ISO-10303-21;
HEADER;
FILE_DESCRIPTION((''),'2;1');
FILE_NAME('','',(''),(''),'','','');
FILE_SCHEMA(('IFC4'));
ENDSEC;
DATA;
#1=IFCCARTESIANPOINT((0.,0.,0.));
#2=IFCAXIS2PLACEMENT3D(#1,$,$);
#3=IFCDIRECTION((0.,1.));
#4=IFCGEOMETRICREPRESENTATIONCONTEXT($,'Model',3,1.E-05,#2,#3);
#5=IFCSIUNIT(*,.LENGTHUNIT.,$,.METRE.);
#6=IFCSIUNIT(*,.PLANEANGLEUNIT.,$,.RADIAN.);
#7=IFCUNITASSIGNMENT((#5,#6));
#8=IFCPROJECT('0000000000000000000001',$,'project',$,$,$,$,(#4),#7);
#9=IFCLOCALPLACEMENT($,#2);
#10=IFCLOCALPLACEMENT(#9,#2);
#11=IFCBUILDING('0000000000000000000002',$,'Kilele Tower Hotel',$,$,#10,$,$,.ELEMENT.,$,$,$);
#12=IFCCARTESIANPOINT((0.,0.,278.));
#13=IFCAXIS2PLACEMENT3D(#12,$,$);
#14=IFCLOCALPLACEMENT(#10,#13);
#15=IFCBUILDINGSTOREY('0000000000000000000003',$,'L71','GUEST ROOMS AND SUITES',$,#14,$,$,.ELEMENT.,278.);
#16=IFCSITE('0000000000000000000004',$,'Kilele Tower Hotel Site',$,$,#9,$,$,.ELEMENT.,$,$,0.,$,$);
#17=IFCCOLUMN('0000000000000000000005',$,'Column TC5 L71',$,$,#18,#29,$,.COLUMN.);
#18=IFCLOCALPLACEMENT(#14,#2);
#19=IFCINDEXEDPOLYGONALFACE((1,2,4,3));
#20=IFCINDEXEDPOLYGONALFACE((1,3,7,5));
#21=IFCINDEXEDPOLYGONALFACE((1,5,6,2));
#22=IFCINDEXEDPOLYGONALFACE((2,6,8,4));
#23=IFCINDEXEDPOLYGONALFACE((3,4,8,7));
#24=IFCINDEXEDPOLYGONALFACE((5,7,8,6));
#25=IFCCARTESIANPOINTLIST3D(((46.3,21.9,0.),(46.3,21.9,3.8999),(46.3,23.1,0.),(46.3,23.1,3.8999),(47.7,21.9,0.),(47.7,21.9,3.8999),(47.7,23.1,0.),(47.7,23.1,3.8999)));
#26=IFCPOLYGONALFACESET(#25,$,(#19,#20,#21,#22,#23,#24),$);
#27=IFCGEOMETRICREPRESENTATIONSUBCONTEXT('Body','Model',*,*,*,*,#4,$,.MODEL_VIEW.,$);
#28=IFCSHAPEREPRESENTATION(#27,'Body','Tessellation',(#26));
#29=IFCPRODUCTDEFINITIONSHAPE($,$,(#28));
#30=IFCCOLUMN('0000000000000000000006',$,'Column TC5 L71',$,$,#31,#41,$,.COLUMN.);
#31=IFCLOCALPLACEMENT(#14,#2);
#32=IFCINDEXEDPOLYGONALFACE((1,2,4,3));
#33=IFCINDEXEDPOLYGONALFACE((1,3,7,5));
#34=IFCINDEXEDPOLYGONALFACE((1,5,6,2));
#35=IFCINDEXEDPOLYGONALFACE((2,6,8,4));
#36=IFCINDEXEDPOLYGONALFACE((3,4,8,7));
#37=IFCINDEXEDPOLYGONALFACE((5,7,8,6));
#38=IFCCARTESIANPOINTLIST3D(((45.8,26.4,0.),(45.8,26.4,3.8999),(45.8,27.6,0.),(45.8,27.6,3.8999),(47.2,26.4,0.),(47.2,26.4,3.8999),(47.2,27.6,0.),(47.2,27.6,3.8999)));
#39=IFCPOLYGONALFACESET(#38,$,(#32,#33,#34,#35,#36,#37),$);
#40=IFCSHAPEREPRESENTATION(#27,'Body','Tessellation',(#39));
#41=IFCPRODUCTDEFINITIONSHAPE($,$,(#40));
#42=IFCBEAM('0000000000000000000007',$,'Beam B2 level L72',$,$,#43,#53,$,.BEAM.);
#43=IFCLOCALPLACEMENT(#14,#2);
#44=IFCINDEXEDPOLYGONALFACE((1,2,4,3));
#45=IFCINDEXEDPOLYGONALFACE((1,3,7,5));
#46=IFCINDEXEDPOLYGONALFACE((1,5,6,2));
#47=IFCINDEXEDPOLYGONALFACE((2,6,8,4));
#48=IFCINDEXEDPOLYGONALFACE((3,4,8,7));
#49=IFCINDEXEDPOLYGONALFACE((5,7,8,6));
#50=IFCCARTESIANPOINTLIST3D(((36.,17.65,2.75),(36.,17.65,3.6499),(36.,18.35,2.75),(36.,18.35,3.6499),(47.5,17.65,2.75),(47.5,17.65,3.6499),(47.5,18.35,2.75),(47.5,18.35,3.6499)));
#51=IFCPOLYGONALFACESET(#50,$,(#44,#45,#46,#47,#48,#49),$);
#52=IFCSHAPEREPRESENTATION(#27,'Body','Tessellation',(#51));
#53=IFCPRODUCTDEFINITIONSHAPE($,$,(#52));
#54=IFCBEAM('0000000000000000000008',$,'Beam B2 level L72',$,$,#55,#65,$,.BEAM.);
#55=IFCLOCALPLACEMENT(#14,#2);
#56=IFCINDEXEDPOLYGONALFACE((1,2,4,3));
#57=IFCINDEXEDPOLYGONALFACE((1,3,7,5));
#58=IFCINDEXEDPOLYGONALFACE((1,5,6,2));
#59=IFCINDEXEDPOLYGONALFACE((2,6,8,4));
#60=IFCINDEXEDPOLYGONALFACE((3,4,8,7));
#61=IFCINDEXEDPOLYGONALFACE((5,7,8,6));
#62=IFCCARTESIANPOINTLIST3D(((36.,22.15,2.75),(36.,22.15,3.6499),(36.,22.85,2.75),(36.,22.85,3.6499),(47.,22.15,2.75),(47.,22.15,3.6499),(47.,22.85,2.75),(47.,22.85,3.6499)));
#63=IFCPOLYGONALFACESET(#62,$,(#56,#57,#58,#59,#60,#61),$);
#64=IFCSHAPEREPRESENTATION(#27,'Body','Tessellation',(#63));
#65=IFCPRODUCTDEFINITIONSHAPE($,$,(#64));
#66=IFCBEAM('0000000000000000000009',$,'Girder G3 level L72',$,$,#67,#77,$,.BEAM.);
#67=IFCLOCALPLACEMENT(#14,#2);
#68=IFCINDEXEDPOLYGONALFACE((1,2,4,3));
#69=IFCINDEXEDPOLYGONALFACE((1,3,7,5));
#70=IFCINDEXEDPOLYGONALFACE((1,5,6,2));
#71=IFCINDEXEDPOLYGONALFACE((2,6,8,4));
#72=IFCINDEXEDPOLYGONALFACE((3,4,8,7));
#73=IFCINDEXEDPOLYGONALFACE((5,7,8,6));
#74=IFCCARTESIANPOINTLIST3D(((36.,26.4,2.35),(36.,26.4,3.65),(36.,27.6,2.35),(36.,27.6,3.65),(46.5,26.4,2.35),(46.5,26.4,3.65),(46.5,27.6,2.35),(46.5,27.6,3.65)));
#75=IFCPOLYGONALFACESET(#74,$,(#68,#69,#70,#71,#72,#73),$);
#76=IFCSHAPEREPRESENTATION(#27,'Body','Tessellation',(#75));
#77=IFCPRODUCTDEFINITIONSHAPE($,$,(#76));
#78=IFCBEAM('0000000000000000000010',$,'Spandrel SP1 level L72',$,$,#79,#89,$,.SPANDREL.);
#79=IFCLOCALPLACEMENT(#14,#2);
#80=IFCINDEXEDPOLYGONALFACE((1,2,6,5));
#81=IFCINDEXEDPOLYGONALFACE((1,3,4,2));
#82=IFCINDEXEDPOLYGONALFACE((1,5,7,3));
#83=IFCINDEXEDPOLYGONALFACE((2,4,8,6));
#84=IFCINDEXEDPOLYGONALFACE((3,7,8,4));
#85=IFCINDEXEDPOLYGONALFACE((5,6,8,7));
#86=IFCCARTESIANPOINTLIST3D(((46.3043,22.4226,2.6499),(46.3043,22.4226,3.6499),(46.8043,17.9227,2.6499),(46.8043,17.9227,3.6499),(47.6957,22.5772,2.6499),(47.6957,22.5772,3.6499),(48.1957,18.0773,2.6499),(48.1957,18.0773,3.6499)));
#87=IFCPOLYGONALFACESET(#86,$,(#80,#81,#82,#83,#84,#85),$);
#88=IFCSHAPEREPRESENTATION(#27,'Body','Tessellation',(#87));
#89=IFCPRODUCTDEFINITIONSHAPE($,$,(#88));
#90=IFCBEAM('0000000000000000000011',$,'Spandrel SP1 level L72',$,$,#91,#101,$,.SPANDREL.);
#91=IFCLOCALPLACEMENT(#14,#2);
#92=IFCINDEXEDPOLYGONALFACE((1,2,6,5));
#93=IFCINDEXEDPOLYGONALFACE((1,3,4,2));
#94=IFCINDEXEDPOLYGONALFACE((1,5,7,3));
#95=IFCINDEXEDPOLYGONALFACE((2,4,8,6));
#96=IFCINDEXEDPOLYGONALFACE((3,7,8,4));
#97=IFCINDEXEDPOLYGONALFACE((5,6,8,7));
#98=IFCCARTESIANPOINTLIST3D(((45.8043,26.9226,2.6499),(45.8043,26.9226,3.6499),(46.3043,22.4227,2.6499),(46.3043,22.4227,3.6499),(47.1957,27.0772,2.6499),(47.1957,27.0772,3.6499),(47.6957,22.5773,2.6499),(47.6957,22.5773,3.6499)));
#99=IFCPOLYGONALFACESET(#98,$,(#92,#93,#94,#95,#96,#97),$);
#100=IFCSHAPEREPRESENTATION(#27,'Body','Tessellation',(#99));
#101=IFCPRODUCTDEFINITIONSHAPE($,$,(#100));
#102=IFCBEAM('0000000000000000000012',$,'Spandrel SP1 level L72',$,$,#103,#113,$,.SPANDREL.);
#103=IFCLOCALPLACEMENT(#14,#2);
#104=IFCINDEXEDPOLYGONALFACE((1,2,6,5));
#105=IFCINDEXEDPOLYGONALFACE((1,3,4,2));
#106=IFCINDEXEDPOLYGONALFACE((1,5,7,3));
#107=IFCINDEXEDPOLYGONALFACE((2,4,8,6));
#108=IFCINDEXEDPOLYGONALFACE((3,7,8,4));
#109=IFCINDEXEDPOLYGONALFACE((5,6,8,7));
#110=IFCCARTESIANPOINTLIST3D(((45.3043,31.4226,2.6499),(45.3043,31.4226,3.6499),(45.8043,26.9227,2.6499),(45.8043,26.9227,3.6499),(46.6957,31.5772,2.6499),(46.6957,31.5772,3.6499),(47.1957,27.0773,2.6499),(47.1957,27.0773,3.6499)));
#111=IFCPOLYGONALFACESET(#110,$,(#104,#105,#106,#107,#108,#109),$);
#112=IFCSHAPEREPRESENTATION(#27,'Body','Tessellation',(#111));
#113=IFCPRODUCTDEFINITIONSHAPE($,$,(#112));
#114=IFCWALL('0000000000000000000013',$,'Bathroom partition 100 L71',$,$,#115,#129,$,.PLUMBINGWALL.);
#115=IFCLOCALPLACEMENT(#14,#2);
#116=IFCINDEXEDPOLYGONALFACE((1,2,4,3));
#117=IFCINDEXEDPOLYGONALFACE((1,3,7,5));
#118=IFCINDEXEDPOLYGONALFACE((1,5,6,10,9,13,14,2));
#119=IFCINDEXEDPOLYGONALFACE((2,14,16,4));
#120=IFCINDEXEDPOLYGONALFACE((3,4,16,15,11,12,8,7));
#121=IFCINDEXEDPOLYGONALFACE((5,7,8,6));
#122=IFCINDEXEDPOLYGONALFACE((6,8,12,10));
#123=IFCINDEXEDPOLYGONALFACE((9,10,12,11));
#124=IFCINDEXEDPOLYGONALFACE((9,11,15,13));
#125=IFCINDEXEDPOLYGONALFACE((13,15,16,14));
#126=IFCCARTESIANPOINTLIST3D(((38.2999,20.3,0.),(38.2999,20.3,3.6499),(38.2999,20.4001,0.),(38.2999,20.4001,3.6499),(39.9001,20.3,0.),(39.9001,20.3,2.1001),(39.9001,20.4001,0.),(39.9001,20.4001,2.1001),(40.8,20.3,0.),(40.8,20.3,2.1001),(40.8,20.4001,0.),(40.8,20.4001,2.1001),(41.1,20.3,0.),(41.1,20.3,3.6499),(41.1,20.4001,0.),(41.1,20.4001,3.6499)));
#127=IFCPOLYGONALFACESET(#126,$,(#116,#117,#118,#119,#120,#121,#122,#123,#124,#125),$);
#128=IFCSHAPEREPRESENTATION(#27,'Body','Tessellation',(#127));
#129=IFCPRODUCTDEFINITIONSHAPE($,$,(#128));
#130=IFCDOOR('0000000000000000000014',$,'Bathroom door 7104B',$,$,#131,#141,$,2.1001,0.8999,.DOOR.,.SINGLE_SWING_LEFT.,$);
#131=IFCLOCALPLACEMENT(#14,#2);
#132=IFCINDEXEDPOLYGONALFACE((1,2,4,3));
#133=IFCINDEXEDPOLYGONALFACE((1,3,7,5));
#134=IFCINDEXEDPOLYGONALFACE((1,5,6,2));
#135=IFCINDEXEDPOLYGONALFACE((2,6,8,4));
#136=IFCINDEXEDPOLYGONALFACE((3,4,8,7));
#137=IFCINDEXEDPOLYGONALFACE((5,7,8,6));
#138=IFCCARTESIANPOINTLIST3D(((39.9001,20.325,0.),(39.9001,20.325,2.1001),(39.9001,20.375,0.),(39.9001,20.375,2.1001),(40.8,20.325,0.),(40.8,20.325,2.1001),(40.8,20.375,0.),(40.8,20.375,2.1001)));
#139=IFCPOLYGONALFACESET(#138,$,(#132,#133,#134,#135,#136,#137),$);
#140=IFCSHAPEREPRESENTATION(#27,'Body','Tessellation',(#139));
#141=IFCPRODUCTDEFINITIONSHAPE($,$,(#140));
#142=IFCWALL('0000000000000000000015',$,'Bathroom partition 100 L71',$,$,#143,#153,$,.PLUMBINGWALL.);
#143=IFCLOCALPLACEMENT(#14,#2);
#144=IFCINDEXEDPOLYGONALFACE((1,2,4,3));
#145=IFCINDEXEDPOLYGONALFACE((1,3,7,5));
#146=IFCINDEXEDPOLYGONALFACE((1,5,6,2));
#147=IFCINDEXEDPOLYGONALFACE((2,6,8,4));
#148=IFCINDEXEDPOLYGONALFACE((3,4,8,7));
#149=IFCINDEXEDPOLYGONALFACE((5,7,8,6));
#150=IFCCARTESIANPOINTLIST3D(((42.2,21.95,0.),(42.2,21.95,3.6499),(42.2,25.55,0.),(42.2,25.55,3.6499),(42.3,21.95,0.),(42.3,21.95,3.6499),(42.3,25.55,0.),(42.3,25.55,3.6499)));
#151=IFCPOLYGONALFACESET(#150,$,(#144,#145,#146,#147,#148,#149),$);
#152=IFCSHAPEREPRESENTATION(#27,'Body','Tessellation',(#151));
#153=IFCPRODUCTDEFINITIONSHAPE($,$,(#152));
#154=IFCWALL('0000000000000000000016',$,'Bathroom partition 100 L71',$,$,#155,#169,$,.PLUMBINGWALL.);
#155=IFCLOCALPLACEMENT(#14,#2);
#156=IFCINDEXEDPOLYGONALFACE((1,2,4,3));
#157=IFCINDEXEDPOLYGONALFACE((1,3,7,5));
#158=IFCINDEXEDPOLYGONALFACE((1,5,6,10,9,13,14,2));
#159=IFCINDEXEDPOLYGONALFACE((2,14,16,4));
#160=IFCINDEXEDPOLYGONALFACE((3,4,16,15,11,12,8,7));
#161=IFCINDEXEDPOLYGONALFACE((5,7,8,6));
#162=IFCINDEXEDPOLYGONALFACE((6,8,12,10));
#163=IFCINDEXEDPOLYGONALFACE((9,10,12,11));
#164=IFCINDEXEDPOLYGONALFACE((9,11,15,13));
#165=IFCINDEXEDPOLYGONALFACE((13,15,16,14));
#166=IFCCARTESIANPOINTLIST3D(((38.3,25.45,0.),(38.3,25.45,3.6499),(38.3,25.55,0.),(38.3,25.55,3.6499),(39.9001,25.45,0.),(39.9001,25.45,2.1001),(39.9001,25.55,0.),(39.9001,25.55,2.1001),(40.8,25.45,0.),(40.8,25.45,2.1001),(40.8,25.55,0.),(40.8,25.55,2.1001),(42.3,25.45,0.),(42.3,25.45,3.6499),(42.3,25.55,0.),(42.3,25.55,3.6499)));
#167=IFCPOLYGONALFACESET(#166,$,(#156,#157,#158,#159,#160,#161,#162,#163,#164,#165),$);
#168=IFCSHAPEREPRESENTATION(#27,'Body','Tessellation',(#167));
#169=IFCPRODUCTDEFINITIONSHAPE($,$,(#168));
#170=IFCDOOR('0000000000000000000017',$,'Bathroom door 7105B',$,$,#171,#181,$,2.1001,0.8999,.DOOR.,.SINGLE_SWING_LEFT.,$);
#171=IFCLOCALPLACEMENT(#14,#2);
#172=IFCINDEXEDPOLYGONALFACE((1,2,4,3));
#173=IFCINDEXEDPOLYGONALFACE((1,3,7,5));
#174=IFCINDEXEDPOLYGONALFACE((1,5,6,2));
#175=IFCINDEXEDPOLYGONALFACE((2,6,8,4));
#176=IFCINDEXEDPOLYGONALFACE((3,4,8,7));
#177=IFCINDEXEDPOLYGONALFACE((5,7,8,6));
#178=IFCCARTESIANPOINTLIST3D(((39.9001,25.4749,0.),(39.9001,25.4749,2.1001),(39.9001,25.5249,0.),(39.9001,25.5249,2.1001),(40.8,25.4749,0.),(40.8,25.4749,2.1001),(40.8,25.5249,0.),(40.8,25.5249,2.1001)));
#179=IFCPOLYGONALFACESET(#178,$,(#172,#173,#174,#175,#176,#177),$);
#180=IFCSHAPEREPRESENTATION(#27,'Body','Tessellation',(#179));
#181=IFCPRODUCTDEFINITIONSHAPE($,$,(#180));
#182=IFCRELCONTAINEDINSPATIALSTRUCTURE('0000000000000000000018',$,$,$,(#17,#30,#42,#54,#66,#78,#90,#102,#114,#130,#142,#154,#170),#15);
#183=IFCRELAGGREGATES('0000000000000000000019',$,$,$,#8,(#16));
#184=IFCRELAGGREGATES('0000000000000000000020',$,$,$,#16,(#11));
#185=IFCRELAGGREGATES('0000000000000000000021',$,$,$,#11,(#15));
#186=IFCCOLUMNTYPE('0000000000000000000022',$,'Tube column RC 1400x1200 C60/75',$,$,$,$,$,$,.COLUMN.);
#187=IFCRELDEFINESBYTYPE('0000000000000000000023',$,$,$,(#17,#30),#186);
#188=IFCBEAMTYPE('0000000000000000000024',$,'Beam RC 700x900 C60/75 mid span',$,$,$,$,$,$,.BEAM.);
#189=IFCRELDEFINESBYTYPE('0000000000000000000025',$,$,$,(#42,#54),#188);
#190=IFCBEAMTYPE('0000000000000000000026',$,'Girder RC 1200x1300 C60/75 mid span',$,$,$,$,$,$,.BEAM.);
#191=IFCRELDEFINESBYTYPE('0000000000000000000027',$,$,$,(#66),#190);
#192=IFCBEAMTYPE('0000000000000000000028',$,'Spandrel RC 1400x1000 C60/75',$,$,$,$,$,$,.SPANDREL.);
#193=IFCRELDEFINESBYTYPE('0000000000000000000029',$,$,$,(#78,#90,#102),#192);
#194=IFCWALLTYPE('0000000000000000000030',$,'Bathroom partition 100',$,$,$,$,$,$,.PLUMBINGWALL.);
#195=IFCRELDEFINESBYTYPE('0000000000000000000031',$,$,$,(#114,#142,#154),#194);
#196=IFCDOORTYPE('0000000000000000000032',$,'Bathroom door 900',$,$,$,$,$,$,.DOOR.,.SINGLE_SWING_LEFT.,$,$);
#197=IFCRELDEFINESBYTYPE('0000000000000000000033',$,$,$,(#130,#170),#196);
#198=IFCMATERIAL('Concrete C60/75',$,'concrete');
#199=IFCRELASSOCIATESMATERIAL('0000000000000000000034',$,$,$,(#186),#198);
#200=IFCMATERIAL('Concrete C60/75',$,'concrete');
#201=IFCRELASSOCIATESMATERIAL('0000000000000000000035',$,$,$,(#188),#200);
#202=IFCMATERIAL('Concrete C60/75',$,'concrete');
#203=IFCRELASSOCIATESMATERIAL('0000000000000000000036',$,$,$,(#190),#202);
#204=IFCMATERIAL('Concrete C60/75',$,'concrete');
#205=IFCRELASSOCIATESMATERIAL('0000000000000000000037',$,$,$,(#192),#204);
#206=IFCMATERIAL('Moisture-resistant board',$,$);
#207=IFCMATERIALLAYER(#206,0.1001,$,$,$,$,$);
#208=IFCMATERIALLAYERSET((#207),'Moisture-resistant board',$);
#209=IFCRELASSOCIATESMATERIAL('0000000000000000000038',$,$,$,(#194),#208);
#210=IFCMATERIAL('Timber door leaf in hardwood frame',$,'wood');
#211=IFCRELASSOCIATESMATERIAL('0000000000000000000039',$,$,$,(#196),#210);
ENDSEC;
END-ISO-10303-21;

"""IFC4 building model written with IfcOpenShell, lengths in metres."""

from ifc_helpers import new_model, si_unit, direction, frame, frame_2d, origin, origin_2d, place, context, subcontext, project, spatial, rectangle, extrude, material, layer, layer_set, material_profile, profile_set, type_object, element, fill, save


model = new_model("IFC4")

# Units and contexts
model_context = context("Model", 3, precision=1e-05, world=origin(), true_north=direction((0.0, 1.0)))
body_context = subcontext(model_context, "Body", "Model", "MODEL_VIEW")
ifc_project = project(units=[si_unit("LENGTHUNIT", "METRE"), si_unit("PLANEANGLEUNIT", "RADIAN")], contexts=[model_context])

# Site, building, storey
site_placement = place(None, origin())
site = spatial("IfcSite", under=ifc_project, at=site_placement, Name="Kilele Tower Hotel Site", CompositionType="ELEMENT", RefElevation=0.0)
building_placement = place(site_placement, origin())
building = spatial("IfcBuilding", under=site, at=building_placement, Name="Kilele Tower Hotel", CompositionType="ELEMENT")
storey_placement = place(building_placement, frame((0.0, 0.0, 278.0)))
storey = spatial("IfcBuildingStorey", under=building, at=storey_placement, Name="L71", Description="GUEST ROOMS AND SUITES", CompositionType="ELEMENT", Elevation=278.0)

# Columns
ifc_material_1 = material(Name="Concrete C60/75", Category="concrete")
ifc_material_profile_1 = material_profile(ifc_material_1, rectangle(XDim=1.3999, YDim=1.2, at=origin_2d()))
ifc_profile_set_1 = profile_set([ifc_material_profile_1], Name="Concrete C60/75")
column_type = type_object("IfcColumnType", Name="Tube column RC 1400x1200 C60/75", PredefinedType="COLUMN", material=ifc_profile_set_1)
for number, where, z_axis, x_axis, name in (
    (1, (47.0, 22.5, 0.0), (0.0, 0.0, 1.0), (1.0, 0.0, 0.0), "Column TC5 L71"),
    (2, (46.5, 27.0, 0.0), (0.0, 0.0, 1.0), (1.0, 0.0, 0.0), "Column TC5 L71"),
):
    element("IfcColumn", number, at=place(storey_placement, frame(where, z_axis=z_axis, x_axis=x_axis)), inside=storey, type_object=column_type, Name=name, PredefinedType="COLUMN", context=body_context, shape_type="SweptSolid", body=[
        extrude(rectangle(XDim=1.3999, YDim=1.2, at=origin_2d()), origin(), (0.0, 0.0, 1.0), 3.8999),
    ])

# Beams
ifc_material_2 = material(Name="Concrete C60/75", Category="concrete")
ifc_material_profile_2 = material_profile(ifc_material_2, rectangle(XDim=0.7, YDim=0.8999, at=origin_2d()))
ifc_profile_set_2 = profile_set([ifc_material_profile_2], Name="Concrete C60/75")
beam_type_1 = type_object("IfcBeamType", Name="Beam RC 700x900 C60/75 mid span", PredefinedType="BEAM", material=ifc_profile_set_2)
beam_1_placement = place(storey_placement, frame((47.5, 18.0, 3.2), z_axis=(-1.0, 0.0, 0.0), x_axis=(0.0, -1.0, 0.0)))
element("IfcBeam", 3, at=beam_1_placement, inside=storey, type_object=beam_type_1, Name="Beam B2 level L72", PredefinedType="BEAM", context=body_context, shape_type="SweptSolid", body=[
    extrude(rectangle(XDim=0.7, YDim=0.8999, at=origin_2d()), origin(), (0.0, 0.0, 1.0), 11.5),
])
beam_2_placement = place(storey_placement, frame((47.0, 22.5, 3.2), z_axis=(-1.0, 0.0, 0.0), x_axis=(0.0, -1.0, 0.0)))
element("IfcBeam", 4, at=beam_2_placement, inside=storey, type_object=beam_type_1, Name="Beam B2 level L72", PredefinedType="BEAM", context=body_context, shape_type="SweptSolid", body=[
    extrude(rectangle(XDim=0.7, YDim=0.8999, at=origin_2d()), origin(), (0.0, 0.0, 1.0), 11.0),
])
ifc_material_3 = material(Name="Concrete C60/75", Category="concrete")
ifc_material_profile_3 = material_profile(ifc_material_3, rectangle(XDim=1.2, YDim=1.3, at=origin_2d()))
ifc_profile_set_3 = profile_set([ifc_material_profile_3], Name="Concrete C60/75")
beam_type_2 = type_object("IfcBeamType", Name="Girder RC 1200x1300 C60/75 mid span", PredefinedType="BEAM", material=ifc_profile_set_3)
beam_3_placement = place(storey_placement, frame((46.5, 27.0, 3.0), z_axis=(-1.0, 0.0, 0.0), x_axis=(0.0, -1.0, 0.0)))
element("IfcBeam", 5, at=beam_3_placement, inside=storey, type_object=beam_type_2, Name="Girder G3 level L72", PredefinedType="BEAM", context=body_context, shape_type="SweptSolid", body=[
    extrude(rectangle(XDim=1.2, YDim=1.3, at=origin_2d()), origin(), (0.0, 0.0, 1.0), 10.5),
])
ifc_material_4 = material(Name="Concrete C60/75", Category="concrete")
ifc_material_profile_4 = material_profile(ifc_material_4, rectangle(XDim=1.3999, YDim=1.0, at=origin_2d()))
ifc_profile_set_4 = profile_set([ifc_material_profile_4], Name="Concrete C60/75")
beam_type_3 = type_object("IfcBeamType", Name="Spandrel RC 1400x1000 C60/75", PredefinedType="SPANDREL", material=ifc_profile_set_4)
for number, where, z_axis, x_axis, name in (
    (6, (47.5, 18.0, 3.1499), (-0.110432, 0.993884, 0.0), (-0.993884, -0.110432, 0.0), "Spandrel SP1 level L72"),
    (7, (47.0, 22.5, 3.1499), (-0.110432, 0.993884, 0.0), (-0.993884, -0.110432, 0.0), "Spandrel SP1 level L72"),
    (8, (46.5, 27.0, 3.1499), (-0.110432, 0.993884, 0.0), (-0.993884, -0.110432, 0.0), "Spandrel SP1 level L72"),
):
    element("IfcBeam", number, at=place(storey_placement, frame(where, z_axis=z_axis, x_axis=x_axis)), inside=storey, type_object=beam_type_3, Name=name, PredefinedType="SPANDREL", context=body_context, shape_type="SweptSolid", body=[
        extrude(rectangle(XDim=1.3999, YDim=1.0, at=origin_2d()), origin(), (0.0, 0.0, 1.0), 4.5276),
    ])

# Wall, opening, door
ifc_material_5 = material(Name="Moisture-resistant board")
ifc_layer_1 = layer(ifc_material_5, 0.1001)
ifc_layer_set_1 = layer_set([ifc_layer_1], Name="Moisture-resistant board")
wall_type_1 = type_object("IfcWallType", Name="Bathroom partition 100", PredefinedType="PLUMBINGWALL", material=ifc_layer_set_1)
wall_1_placement = place(storey_placement, frame((38.3, 20.3501, 0.0), z_axis=(0.0, 0.0, 1.0), x_axis=(1.0, 0.0, 0.0)))
wall_1 = element("IfcWall", 9, at=wall_1_placement, inside=storey, type_object=wall_type_1, Name="Bathroom partition 100 L71", PredefinedType="PLUMBINGWALL", context=body_context, shape_type="SweptSolid", body=[
    extrude(rectangle(XDim=2.8, YDim=0.1001, at=frame_2d((1.3999, 0.0))), origin(), (0.0, 0.0, 1.0), 3.6499),
])
opening_1_placement = place(wall_1_placement, frame((1.6001, 0.0, 0.0)))
opening_1 = element("IfcOpeningElement", 10, at=opening_1_placement, cuts=wall_1, PredefinedType="OPENING", context=body_context, shape_type="SweptSolid", body=[
    extrude(rectangle(XDim=0.8999, YDim=2.1001, at=frame_2d((0.45, 1.05))), frame((0.0, 0.0601, 0.0), z_axis=(0.0, -1.0, 0.0), x_axis=(1.0, 0.0, 0.0)), (0.0, 0.0, 1.0), 0.1201),
])
ifc_material_6 = material(Name="Timber door leaf in hardwood frame", Category="wood")
door_type_1 = type_object("IfcDoorType", Name="Bathroom door 900", OperationType="SINGLE_SWING_LEFT", PredefinedType="DOOR", material=ifc_material_6)
door_1_placement = place(opening_1_placement, origin())
door_1 = element("IfcDoor", 11, at=door_1_placement, inside=storey, type_object=door_type_1, Name="Bathroom door 7104B", OperationType="SINGLE_SWING_LEFT", OverallHeight=2.1001, OverallWidth=0.8999, PredefinedType="DOOR", context=body_context, shape_type="SweptSolid", body=[
    extrude(rectangle(XDim=0.8999, YDim=2.1001, at=frame_2d((0.45, 1.05))), frame((0.0, 0.0249, 0.0), z_axis=(0.0, -1.0, 0.0), x_axis=(1.0, 0.0, 0.0)), (0.0, 0.0, 1.0), 0.05),
])
fill(opening_1, door_1)

# Wall
wall_2_placement = place(storey_placement, frame((42.25, 21.95, 0.0), z_axis=(0.0, 0.0, 1.0), x_axis=(0.0, 1.0, 0.0)))
element("IfcWall", 12, at=wall_2_placement, inside=storey, type_object=wall_type_1, Name="Bathroom partition 100 L71", PredefinedType="PLUMBINGWALL", context=body_context, shape_type="SweptSolid", body=[
    extrude(rectangle(XDim=3.6001, YDim=0.1001, at=frame_2d((1.8, 0.0))), origin(), (0.0, 0.0, 1.0), 3.6499),
])

# Wall, opening, door
wall_3_placement = place(storey_placement, frame((38.3, 25.5, 0.0), z_axis=(0.0, 0.0, 1.0), x_axis=(1.0, 0.0, 0.0)))
wall_3 = element("IfcWall", 13, at=wall_3_placement, inside=storey, type_object=wall_type_1, Name="Bathroom partition 100 L71", PredefinedType="PLUMBINGWALL", context=body_context, shape_type="SweptSolid", body=[
    extrude(rectangle(XDim=4.0, YDim=0.1001, at=frame_2d((2.0, 0.0))), origin(), (0.0, 0.0, 1.0), 3.6499),
])
opening_2_placement = place(wall_3_placement, frame((1.6001, 0.0, 0.0)))
opening_2 = element("IfcOpeningElement", 14, at=opening_2_placement, cuts=wall_3, PredefinedType="OPENING", context=body_context, shape_type="SweptSolid", body=[
    extrude(rectangle(XDim=0.8999, YDim=2.1001, at=frame_2d((0.45, 1.05))), frame((0.0, 0.0601, 0.0), z_axis=(0.0, -1.0, 0.0), x_axis=(1.0, 0.0, 0.0)), (0.0, 0.0, 1.0), 0.1201),
])
door_2_placement = place(opening_2_placement, origin())
door_2 = element("IfcDoor", 15, at=door_2_placement, inside=storey, type_object=door_type_1, Name="Bathroom door 7105B", OperationType="SINGLE_SWING_LEFT", OverallHeight=2.1001, OverallWidth=0.8999, PredefinedType="DOOR", context=body_context, shape_type="SweptSolid", body=[
    extrude(rectangle(XDim=0.8999, YDim=2.1001, at=frame_2d((0.45, 1.05))), frame((0.0, 0.0249, 0.0), z_axis=(0.0, -1.0, 0.0), x_axis=(1.0, 0.0, 0.0)), (0.0, 0.0, 1.0), 0.05),
])
fill(opening_2, door_2)

save(model, "model.ifc")
